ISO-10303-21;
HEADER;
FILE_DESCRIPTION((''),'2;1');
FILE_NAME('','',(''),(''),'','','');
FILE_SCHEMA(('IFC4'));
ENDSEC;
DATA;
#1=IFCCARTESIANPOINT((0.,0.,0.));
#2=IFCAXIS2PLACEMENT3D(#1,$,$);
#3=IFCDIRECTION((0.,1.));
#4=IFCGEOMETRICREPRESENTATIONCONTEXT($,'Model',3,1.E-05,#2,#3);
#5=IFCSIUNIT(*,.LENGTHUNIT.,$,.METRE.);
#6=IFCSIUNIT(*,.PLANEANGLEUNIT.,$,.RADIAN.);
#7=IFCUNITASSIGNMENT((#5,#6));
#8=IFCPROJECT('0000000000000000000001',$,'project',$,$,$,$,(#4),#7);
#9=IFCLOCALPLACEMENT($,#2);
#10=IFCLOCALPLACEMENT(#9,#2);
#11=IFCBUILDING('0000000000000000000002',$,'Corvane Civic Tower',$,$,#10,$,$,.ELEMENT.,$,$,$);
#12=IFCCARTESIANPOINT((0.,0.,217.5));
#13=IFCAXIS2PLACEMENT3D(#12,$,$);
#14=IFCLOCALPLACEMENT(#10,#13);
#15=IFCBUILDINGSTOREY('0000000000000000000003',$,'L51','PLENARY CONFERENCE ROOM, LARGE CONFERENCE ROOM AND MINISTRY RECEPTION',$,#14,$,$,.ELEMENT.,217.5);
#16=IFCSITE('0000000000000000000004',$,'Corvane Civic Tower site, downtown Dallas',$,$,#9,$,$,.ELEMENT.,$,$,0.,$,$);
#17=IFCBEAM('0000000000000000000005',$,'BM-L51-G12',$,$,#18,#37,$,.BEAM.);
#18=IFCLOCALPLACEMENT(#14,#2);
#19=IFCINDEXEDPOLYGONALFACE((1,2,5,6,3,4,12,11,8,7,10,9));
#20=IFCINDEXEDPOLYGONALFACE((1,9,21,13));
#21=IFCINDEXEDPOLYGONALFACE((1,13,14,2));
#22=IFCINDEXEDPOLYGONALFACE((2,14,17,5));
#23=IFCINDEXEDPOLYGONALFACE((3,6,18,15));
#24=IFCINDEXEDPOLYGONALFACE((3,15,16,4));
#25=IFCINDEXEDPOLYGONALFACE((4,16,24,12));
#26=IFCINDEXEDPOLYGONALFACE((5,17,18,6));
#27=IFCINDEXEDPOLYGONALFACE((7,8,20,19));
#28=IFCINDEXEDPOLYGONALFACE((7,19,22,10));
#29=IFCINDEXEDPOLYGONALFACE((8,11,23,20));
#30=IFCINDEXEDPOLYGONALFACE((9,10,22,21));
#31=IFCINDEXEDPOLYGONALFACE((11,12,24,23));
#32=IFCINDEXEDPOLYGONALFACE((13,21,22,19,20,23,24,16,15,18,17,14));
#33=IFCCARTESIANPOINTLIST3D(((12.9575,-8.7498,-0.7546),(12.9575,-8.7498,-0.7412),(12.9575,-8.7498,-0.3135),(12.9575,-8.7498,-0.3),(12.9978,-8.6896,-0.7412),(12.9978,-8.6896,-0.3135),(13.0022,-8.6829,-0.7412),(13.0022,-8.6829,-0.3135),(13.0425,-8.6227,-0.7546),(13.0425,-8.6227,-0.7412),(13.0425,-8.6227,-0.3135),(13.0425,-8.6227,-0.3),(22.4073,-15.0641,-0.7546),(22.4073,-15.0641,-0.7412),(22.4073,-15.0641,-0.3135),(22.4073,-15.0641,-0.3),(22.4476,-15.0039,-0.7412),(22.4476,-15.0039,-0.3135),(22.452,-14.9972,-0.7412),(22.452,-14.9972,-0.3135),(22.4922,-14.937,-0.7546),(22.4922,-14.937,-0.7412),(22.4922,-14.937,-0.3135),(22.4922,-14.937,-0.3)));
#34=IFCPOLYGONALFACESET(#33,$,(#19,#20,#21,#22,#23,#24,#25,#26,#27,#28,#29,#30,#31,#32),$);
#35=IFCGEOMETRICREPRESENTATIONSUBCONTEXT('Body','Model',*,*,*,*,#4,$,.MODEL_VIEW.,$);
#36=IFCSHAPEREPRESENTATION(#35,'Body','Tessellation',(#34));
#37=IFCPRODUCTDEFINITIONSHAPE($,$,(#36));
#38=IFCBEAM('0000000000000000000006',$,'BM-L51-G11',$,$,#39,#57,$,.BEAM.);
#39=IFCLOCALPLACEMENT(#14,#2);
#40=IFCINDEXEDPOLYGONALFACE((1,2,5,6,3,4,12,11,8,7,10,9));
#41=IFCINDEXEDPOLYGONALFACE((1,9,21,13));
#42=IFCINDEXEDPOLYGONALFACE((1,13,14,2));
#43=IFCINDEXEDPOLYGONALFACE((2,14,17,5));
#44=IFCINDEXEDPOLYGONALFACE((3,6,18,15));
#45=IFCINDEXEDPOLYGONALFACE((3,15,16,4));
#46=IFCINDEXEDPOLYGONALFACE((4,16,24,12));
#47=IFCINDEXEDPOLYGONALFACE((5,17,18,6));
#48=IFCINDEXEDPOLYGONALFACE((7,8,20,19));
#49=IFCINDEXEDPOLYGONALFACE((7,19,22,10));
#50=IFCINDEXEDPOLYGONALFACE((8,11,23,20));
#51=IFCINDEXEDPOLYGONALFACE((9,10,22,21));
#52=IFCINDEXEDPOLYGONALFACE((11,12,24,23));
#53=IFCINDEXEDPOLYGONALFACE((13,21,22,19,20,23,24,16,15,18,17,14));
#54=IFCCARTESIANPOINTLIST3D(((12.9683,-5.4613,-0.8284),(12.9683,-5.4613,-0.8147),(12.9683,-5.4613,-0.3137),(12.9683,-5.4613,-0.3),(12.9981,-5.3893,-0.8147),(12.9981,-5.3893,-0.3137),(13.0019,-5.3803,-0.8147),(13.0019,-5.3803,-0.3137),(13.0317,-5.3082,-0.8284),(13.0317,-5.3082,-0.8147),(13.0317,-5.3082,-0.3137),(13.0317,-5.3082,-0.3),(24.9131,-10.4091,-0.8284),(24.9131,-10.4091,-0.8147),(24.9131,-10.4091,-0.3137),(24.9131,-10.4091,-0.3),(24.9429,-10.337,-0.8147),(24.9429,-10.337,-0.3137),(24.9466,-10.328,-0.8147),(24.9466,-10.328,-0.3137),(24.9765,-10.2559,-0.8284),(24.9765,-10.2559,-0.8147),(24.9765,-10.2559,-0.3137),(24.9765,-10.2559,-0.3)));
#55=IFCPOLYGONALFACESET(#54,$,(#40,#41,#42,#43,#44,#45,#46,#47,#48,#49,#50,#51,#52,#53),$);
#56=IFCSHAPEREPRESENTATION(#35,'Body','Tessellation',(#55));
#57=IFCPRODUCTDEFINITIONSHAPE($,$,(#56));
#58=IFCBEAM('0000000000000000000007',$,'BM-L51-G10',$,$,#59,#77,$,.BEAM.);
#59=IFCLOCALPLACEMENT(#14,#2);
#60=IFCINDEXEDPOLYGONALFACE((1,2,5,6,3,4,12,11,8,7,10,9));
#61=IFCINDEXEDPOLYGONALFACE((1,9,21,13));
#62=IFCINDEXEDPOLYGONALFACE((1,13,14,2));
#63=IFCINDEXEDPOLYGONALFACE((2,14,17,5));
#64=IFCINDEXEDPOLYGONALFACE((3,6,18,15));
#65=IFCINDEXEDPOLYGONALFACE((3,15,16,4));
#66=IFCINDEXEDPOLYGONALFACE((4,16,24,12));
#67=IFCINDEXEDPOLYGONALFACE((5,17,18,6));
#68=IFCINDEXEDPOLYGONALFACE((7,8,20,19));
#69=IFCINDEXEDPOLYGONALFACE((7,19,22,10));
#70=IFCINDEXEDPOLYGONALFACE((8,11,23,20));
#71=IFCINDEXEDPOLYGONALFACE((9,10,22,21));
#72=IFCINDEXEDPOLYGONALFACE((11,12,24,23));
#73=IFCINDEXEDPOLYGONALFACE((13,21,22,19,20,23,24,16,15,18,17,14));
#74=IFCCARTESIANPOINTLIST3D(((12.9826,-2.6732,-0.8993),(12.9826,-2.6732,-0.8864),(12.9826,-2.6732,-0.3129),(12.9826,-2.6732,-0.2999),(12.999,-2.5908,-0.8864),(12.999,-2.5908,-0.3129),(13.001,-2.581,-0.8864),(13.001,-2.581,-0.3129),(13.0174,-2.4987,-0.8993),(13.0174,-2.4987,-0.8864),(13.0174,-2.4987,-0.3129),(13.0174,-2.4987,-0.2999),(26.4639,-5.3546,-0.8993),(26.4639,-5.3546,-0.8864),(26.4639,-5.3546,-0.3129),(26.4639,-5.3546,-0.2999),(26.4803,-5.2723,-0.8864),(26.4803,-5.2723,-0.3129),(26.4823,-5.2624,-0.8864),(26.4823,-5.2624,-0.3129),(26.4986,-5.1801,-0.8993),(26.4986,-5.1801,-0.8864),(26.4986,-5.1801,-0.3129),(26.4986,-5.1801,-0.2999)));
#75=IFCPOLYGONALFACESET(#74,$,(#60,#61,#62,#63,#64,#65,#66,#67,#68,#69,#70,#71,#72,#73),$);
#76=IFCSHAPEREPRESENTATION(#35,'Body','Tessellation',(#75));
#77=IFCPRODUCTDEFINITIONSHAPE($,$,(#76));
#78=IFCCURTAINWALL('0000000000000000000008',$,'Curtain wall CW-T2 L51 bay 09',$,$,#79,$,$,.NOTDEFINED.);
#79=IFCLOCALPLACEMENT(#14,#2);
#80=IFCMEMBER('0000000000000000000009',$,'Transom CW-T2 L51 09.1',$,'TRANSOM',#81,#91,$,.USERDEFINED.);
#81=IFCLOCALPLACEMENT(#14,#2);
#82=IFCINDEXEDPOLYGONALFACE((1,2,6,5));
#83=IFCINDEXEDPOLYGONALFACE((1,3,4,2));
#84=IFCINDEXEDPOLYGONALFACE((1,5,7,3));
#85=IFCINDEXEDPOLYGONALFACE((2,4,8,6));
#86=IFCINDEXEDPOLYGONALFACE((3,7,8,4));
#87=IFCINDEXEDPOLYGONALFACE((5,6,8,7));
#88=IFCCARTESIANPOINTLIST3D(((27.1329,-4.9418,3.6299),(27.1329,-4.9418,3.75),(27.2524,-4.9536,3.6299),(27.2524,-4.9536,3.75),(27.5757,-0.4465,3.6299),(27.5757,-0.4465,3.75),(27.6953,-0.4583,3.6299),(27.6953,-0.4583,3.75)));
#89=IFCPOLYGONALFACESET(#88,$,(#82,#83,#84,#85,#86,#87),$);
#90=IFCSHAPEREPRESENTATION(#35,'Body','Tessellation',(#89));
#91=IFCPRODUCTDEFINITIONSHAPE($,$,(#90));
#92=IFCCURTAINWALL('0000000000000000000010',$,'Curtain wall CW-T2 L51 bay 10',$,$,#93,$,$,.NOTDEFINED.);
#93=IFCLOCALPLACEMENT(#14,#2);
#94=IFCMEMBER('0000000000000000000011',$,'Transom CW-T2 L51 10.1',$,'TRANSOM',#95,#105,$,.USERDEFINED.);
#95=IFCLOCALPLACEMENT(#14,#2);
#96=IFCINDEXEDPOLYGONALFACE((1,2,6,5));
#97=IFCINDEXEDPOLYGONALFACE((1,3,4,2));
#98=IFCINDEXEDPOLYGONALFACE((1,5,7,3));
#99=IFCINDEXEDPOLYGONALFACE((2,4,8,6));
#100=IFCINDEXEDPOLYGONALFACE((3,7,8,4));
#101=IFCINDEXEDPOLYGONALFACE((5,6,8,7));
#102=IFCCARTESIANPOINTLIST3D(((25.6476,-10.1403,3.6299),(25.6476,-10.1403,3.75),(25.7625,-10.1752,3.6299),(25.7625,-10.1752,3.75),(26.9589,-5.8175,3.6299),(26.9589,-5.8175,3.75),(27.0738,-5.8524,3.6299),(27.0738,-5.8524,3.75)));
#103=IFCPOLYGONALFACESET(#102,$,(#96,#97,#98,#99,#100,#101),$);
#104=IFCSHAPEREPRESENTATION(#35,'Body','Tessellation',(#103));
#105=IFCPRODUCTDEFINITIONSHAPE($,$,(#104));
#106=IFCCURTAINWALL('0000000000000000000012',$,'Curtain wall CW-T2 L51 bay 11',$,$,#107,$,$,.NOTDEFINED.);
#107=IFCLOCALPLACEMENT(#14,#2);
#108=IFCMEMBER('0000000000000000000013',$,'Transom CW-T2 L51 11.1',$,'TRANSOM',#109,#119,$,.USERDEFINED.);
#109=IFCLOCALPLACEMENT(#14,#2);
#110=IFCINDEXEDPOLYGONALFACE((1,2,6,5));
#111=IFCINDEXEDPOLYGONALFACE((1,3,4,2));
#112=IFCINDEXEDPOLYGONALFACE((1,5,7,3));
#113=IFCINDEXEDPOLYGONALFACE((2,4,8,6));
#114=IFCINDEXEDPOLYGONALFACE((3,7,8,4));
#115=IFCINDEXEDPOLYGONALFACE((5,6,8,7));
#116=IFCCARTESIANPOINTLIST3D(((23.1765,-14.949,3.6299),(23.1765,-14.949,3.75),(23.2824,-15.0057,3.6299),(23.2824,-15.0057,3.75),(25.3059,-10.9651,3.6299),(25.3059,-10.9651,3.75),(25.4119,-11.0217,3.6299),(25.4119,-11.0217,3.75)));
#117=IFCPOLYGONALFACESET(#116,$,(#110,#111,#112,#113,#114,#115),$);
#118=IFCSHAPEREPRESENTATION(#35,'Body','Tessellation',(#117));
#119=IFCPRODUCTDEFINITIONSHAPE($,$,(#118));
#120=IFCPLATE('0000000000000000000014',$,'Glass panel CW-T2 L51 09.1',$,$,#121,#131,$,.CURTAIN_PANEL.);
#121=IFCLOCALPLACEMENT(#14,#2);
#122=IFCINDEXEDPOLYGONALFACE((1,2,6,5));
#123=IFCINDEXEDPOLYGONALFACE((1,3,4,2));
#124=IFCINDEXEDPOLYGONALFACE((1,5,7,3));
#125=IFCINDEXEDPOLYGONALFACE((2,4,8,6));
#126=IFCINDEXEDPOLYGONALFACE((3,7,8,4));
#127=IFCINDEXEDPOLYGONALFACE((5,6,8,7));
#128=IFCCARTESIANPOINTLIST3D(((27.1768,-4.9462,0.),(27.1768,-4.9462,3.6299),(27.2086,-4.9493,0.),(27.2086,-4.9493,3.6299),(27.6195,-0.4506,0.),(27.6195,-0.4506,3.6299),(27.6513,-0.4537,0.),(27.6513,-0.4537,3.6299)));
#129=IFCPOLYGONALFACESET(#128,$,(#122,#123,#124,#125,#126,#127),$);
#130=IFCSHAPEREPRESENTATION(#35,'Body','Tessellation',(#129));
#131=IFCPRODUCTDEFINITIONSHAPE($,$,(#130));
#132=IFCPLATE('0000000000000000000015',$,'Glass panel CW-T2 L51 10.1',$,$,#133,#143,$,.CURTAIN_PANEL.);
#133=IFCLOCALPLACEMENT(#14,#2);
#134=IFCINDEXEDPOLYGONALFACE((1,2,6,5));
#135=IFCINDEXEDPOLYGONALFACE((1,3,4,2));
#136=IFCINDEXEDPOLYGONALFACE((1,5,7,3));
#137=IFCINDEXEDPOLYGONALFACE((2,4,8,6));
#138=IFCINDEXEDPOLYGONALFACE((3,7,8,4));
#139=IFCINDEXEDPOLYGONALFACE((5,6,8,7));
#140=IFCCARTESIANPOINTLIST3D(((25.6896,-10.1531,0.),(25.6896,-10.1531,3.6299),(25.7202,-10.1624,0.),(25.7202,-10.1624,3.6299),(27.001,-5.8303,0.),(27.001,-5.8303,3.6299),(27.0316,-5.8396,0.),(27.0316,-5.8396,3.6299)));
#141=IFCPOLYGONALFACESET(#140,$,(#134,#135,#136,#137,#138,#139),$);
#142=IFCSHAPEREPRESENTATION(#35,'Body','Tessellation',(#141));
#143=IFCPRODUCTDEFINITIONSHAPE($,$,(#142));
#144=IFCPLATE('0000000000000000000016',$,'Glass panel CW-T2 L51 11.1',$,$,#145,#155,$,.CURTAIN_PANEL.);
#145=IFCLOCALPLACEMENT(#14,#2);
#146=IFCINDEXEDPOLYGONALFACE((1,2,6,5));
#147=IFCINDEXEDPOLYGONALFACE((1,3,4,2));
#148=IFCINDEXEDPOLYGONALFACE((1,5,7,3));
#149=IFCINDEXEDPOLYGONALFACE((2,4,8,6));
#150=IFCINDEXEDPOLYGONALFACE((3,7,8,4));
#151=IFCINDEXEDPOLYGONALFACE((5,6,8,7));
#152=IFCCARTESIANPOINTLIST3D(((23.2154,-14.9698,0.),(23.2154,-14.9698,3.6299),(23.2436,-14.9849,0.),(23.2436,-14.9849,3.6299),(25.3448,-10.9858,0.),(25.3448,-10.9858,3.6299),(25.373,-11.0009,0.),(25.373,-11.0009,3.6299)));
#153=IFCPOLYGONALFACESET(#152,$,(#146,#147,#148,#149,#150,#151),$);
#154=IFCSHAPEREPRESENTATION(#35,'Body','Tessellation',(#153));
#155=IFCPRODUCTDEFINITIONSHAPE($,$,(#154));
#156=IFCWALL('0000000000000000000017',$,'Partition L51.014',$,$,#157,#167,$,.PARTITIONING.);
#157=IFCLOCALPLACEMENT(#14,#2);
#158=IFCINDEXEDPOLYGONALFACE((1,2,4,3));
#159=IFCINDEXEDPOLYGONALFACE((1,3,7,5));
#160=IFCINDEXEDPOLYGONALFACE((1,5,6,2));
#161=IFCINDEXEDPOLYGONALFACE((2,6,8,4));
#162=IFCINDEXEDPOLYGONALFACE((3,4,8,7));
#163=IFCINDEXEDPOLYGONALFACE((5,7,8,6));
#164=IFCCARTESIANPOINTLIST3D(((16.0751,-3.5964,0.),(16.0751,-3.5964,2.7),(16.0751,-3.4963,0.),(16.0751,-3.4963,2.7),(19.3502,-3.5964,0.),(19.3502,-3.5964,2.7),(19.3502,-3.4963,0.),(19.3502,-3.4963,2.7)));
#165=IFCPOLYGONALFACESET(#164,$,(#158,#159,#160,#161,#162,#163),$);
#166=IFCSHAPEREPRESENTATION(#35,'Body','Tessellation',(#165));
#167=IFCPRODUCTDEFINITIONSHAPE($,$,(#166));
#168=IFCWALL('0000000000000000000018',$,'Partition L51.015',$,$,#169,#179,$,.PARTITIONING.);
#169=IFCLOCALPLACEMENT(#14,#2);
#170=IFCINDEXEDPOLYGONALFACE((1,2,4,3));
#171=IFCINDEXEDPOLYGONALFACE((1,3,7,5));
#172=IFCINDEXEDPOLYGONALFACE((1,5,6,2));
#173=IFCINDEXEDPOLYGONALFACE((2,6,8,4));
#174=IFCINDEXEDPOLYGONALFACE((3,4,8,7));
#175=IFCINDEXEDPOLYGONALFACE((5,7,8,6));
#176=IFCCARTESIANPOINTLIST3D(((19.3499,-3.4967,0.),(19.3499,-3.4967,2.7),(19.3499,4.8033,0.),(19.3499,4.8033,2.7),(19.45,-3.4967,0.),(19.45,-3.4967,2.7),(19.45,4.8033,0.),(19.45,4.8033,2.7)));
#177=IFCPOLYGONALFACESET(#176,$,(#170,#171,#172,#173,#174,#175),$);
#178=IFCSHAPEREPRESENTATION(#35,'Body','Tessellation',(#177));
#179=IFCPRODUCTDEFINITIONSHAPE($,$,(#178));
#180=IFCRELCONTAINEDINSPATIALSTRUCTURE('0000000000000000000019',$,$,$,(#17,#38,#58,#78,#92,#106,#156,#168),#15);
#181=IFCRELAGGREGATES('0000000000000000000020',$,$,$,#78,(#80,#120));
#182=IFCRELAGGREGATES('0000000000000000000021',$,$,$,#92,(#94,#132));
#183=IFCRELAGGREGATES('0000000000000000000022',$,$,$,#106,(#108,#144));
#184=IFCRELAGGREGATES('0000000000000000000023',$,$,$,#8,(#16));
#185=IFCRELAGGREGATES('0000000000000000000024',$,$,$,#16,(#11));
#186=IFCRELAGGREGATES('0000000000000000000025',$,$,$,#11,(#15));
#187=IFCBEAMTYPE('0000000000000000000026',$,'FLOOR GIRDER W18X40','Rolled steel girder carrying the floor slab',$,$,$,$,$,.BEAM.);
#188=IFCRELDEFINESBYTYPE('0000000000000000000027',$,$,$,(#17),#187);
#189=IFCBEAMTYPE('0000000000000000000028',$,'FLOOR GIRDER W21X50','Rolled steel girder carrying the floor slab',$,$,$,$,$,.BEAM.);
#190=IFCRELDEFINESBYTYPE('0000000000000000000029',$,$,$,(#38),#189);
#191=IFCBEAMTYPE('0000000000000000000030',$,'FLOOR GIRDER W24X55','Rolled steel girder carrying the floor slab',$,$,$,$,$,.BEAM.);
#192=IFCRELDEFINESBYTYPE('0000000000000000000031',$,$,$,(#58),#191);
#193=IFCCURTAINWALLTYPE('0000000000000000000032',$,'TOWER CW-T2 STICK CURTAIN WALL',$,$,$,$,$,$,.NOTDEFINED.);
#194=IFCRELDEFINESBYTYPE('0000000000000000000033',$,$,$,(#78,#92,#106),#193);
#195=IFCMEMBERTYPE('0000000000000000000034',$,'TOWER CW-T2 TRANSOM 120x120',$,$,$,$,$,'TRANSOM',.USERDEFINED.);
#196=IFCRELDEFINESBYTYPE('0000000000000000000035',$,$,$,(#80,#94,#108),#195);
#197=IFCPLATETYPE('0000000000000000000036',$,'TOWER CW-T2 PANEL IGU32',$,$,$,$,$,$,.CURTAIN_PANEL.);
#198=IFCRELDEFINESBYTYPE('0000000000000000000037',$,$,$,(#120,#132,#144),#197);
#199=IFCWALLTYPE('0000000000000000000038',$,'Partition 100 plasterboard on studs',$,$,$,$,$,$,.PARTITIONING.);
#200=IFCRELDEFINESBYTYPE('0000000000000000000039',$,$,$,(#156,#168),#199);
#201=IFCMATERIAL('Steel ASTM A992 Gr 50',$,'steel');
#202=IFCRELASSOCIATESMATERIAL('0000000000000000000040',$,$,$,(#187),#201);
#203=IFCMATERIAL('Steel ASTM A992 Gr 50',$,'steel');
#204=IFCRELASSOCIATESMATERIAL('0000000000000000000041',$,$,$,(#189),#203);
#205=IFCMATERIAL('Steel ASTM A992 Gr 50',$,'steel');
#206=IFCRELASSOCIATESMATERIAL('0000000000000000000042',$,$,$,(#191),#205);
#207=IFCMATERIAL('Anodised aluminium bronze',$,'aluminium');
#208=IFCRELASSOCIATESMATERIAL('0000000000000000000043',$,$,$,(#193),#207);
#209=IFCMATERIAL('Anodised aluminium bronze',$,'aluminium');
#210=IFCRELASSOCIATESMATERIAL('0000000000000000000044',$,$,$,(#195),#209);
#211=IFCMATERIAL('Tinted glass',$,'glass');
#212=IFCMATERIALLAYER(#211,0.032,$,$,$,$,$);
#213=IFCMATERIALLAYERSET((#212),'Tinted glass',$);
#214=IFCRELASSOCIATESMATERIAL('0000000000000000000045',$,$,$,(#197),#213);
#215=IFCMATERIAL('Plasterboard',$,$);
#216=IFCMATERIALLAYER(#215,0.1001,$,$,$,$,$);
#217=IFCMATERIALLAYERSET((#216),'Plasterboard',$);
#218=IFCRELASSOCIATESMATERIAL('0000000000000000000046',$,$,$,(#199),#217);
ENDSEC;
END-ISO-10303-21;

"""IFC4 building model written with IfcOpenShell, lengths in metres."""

from ifc_helpers import new_model, si_unit, direction, frame, frame_2d, origin, origin_2d, place, context, subcontext, project, spatial, rectangle, i_section, extrude, material, layer, layer_set, material_profile, profile_set, type_object, element, aggregate, save


model = new_model("IFC4")

# Units and contexts
model_context = context("Model", 3, precision=1e-05, world=origin(), true_north=direction((0.0, 1.0)))
body_context = subcontext(model_context, "Body", "Model", "MODEL_VIEW")
ifc_project = project(units=[si_unit("LENGTHUNIT", "METRE"), si_unit("PLANEANGLEUNIT", "RADIAN")], contexts=[model_context])

# Site, building, storey
site_placement = place(None, origin())
site = spatial("IfcSite", under=ifc_project, at=site_placement, Name="Corvane Civic Tower site, downtown Dallas", CompositionType="ELEMENT", RefElevation=0.0)
building_placement = place(site_placement, origin())
building = spatial("IfcBuilding", under=site, at=building_placement, Name="Corvane Civic Tower", CompositionType="ELEMENT")
storey_placement = place(building_placement, frame((0.0, 0.0, 217.5)))
storey = spatial("IfcBuildingStorey", under=building, at=storey_placement, Name="L51", Description="PLENARY CONFERENCE ROOM, LARGE CONFERENCE ROOM AND MINISTRY RECEPTION", CompositionType="ELEMENT", Elevation=217.5)

# Beams
ifc_material_1 = material(Name="Steel ASTM A992 Gr 50", Category="steel")
ifc_material_profile_1 = material_profile(ifc_material_1, i_section(OverallWidth=0.1528, OverallDepth=0.4546, WebThickness=0.0081, FlangeThickness=0.0134, at=origin_2d()), Name="W18X40")
ifc_profile_set_1 = profile_set([ifc_material_profile_1], Name="Steel ASTM A992 Gr 50")
beam_type_1 = type_object("IfcBeamType", Name="FLOOR GIRDER W18X40", Description="Rolled steel girder carrying the floor slab", PredefinedType="BEAM", material=ifc_profile_set_1)
beam_1_placement = place(storey_placement, frame((13.0, -8.6863, -0.5273), z_axis=(0.831465, -0.555577, 0.0), x_axis=(0.555577, 0.831465, 0.0)))
element("IfcBeam", 1, at=beam_1_placement, inside=storey, type_object=beam_type_1, Name="BM-L51-G12", PredefinedType="BEAM", context=body_context, shape_type="SweptSolid", body=[
    extrude(i_section(OverallWidth=0.1528, OverallDepth=0.4546, WebThickness=0.0081, FlangeThickness=0.0134, at=origin_2d()), origin(), (0.0, 0.0, 1.0), 11.3652),
])
ifc_material_2 = material(Name="Steel ASTM A992 Gr 50", Category="steel")
ifc_material_profile_2 = material_profile(ifc_material_2, i_section(OverallWidth=0.1658, OverallDepth=0.5283, WebThickness=0.0098, FlangeThickness=0.0137, at=origin_2d()), Name="W21X50")
ifc_profile_set_2 = profile_set([ifc_material_profile_2], Name="Steel ASTM A992 Gr 50")
beam_type_2 = type_object("IfcBeamType", Name="FLOOR GIRDER W21X50", Description="Rolled steel girder carrying the floor slab", PredefinedType="BEAM", material=ifc_profile_set_2)
beam_2_placement = place(storey_placement, frame((13.0, -5.3848, -0.5642), z_axis=(0.923878, -0.382686, 0.0), x_axis=(0.382686, 0.923878, 0.0)))
element("IfcBeam", 2, at=beam_2_placement, inside=storey, type_object=beam_type_2, Name="BM-L51-G11", PredefinedType="BEAM", context=body_context, shape_type="SweptSolid", body=[
    extrude(i_section(OverallWidth=0.1658, OverallDepth=0.5283, WebThickness=0.0098, FlangeThickness=0.0137, at=origin_2d()), origin(), (0.0, 0.0, 1.0), 12.929),
])
ifc_material_3 = material(Name="Steel ASTM A992 Gr 50", Category="steel")
ifc_material_profile_3 = material_profile(ifc_material_3, i_section(OverallWidth=0.178, OverallDepth=0.5994, WebThickness=0.01, FlangeThickness=0.0129, at=origin_2d()), Name="W24X55")
ifc_profile_set_3 = profile_set([ifc_material_profile_3], Name="Steel ASTM A992 Gr 50")
beam_type_3 = type_object("IfcBeamType", Name="FLOOR GIRDER W24X55", Description="Rolled steel girder carrying the floor slab", PredefinedType="BEAM", material=ifc_profile_set_3)
beam_3_placement = place(storey_placement, frame((13.0, -2.5859, -0.5996), z_axis=(0.980788, -0.195078, 0.0), x_axis=(0.195078, 0.980788, 0.0)))
element("IfcBeam", 3, at=beam_3_placement, inside=storey, type_object=beam_type_3, Name="BM-L51-G10", PredefinedType="BEAM", context=body_context, shape_type="SweptSolid", body=[
    extrude(i_section(OverallWidth=0.178, OverallDepth=0.5994, WebThickness=0.01, FlangeThickness=0.0129, at=origin_2d()), origin(), (0.0, 0.0, 1.0), 13.7454),
])

# Curtain walls, members
ifc_material_4 = material(Name="Anodised aluminium bronze", Category="aluminium")
curtain_wall_type = type_object("IfcCurtainWallType", Name="TOWER CW-T2 STICK CURTAIN WALL", PredefinedType="NOTDEFINED", material=ifc_material_4)
curtain_wall_1_placement = place(storey_placement, origin())
curtain_wall_1 = element("IfcCurtainWall", 4, at=curtain_wall_1_placement, inside=storey, type_object=curtain_wall_type, Name="Curtain wall CW-T2 L51 bay 09", PredefinedType="NOTDEFINED")
ifc_material_5 = material(Name="Anodised aluminium bronze", Category="aluminium")
ifc_material_profile_4 = material_profile(ifc_material_5, rectangle(XDim=0.1201, YDim=0.1201, at=origin_2d()), Name="TOWER CW-T2 TRANSOM 120x120")
ifc_profile_set_4 = profile_set([ifc_material_profile_4], Name="Anodised aluminium bronze")
member_type = type_object("IfcMemberType", Name="TOWER CW-T2 TRANSOM 120x120", ElementType="TRANSOM", PredefinedType="USERDEFINED", material=ifc_profile_set_4)
member_1_placement = place(storey_placement, frame((27.6355, -0.4524, 3.6899), z_axis=(-0.098043, -0.995182, 0.0), x_axis=(0.995182, -0.098043, 0.0)))
member_1 = element("IfcMember", 5, at=member_1_placement, type_object=member_type, Name="Transom CW-T2 L51 09.1", ObjectType="TRANSOM", PredefinedType="USERDEFINED", context=body_context, shape_type="SweptSolid", body=[
    extrude(rectangle(XDim=0.1201, YDim=0.1201, at=origin_2d()), origin(), (0.0, 0.0, 1.0), 4.5171),
])
curtain_wall_2_placement = place(storey_placement, origin())
curtain_wall_2 = element("IfcCurtainWall", 6, at=curtain_wall_2_placement, inside=storey, type_object=curtain_wall_type, Name="Curtain wall CW-T2 L51 bay 10", PredefinedType="NOTDEFINED")
member_2_placement = place(storey_placement, frame((27.0164, -5.835, 3.6899), z_axis=(-0.290282, -0.956941, 0.0), x_axis=(0.956941, -0.290282, 0.0)))
member_2 = element("IfcMember", 7, at=member_2_placement, type_object=member_type, Name="Transom CW-T2 L51 10.1", ObjectType="TRANSOM", PredefinedType="USERDEFINED", context=body_context, shape_type="SweptSolid", body=[
    extrude(rectangle(XDim=0.1201, YDim=0.1201, at=origin_2d()), origin(), (0.0, 0.0, 1.0), 4.5173),
])
curtain_wall_3_placement = place(storey_placement, origin())
curtain_wall_3 = element("IfcCurtainWall", 8, at=curtain_wall_3_placement, inside=storey, type_object=curtain_wall_type, Name="Curtain wall CW-T2 L51 bay 11", PredefinedType="NOTDEFINED")
member_3_placement = place(storey_placement, frame((25.3589, -10.9934, 3.6899), z_axis=(-0.47139, -0.881925, 0.0), x_axis=(0.881925, -0.47139, 0.0)))
member_3 = element("IfcMember", 9, at=member_3_placement, type_object=member_type, Name="Transom CW-T2 L51 11.1", ObjectType="TRANSOM", PredefinedType="USERDEFINED", context=body_context, shape_type="SweptSolid", body=[
    extrude(rectangle(XDim=0.1201, YDim=0.1201, at=origin_2d()), origin(), (0.0, 0.0, 1.0), 4.5173),
])

# Plates
ifc_material_6 = material(Name="Tinted glass", Category="glass")
ifc_layer_1 = layer(ifc_material_6, 0.032)
ifc_layer_set_1 = layer_set([ifc_layer_1], Name="Tinted glass")
plate_type = type_object("IfcPlateType", Name="TOWER CW-T2 PANEL IGU32", PredefinedType="CURTAIN_PANEL", material=ifc_layer_set_1)
plate_1_placement = place(storey_placement, frame((27.4141, -2.7, 0.0), z_axis=(0.0, 0.0, 1.0), x_axis=(-0.097993, -0.995187, 0.0)))
plate_1 = element("IfcPlate", 10, at=plate_1_placement, type_object=plate_type, Name="Glass panel CW-T2 L51 09.1", PredefinedType="CURTAIN_PANEL", context=body_context, shape_type="SweptSolid", body=[
    extrude(rectangle(XDim=4.5173, YDim=0.032, at=origin_2d()), origin(), (0.0, 0.0, 1.0), 3.6299),
])
aggregate(curtain_wall_1, [member_1, plate_1])
plate_2_placement = place(storey_placement, frame((26.3606, -7.9963, 0.0), z_axis=(0.0, 0.0, 1.0), x_axis=(-0.29029, -0.956939, 0.0)))
plate_2 = element("IfcPlate", 11, at=plate_2_placement, type_object=plate_type, Name="Glass panel CW-T2 L51 10.1", PredefinedType="CURTAIN_PANEL", context=body_context, shape_type="SweptSolid", body=[
    extrude(rectangle(XDim=4.5173, YDim=0.032, at=origin_2d()), origin(), (0.0, 0.0, 1.0), 3.6299),
])
aggregate(curtain_wall_2, [member_2, plate_2])
plate_3_placement = place(storey_placement, frame((24.2942, -12.9854, 0.0), z_axis=(0.0, 0.0, 1.0), x_axis=(-0.471398, -0.88192, 0.0)))
plate_3 = element("IfcPlate", 12, at=plate_3_placement, type_object=plate_type, Name="Glass panel CW-T2 L51 11.1", PredefinedType="CURTAIN_PANEL", context=body_context, shape_type="SweptSolid", body=[
    extrude(rectangle(XDim=4.5173, YDim=0.032, at=origin_2d()), origin(), (0.0, 0.0, 1.0), 3.6299),
])
aggregate(curtain_wall_3, [member_3, plate_3])

# Walls
ifc_material_7 = material(Name="Plasterboard")
ifc_layer_2 = layer(ifc_material_7, 0.1001)
ifc_layer_set_2 = layer_set([ifc_layer_2], Name="Plasterboard")
wall_type = type_object("IfcWallType", Name="Partition 100 plasterboard on studs", PredefinedType="PARTITIONING", material=ifc_layer_set_2)
wall_1_placement = place(storey_placement, frame((16.075, -3.5464, 0.0), z_axis=(0.0, 0.0, 1.0), x_axis=(1.0, 0.0, 0.0)))
element("IfcWall", 13, at=wall_1_placement, inside=storey, type_object=wall_type, Name="Partition L51.014", PredefinedType="PARTITIONING", context=body_context, shape_type="SweptSolid", body=[
    extrude(rectangle(XDim=3.2751, YDim=0.1001, at=frame_2d((1.6377, 0.0))), origin(), (0.0, 0.0, 1.0), 2.7),
])
wall_2_placement = place(storey_placement, frame((19.3999, -3.4966, 0.0), z_axis=(0.0, 0.0, 1.0), x_axis=(0.0, 1.0, 0.0)))
element("IfcWall", 14, at=wall_2_placement, inside=storey, type_object=wall_type, Name="Partition L51.015", PredefinedType="PARTITIONING", context=body_context, shape_type="SweptSolid", body=[
    extrude(rectangle(XDim=8.3, YDim=0.1001, at=frame_2d((4.1499, 0.0))), origin(), (0.0, 0.0, 1.0), 2.7),
])

save(model, "model.ifc")
